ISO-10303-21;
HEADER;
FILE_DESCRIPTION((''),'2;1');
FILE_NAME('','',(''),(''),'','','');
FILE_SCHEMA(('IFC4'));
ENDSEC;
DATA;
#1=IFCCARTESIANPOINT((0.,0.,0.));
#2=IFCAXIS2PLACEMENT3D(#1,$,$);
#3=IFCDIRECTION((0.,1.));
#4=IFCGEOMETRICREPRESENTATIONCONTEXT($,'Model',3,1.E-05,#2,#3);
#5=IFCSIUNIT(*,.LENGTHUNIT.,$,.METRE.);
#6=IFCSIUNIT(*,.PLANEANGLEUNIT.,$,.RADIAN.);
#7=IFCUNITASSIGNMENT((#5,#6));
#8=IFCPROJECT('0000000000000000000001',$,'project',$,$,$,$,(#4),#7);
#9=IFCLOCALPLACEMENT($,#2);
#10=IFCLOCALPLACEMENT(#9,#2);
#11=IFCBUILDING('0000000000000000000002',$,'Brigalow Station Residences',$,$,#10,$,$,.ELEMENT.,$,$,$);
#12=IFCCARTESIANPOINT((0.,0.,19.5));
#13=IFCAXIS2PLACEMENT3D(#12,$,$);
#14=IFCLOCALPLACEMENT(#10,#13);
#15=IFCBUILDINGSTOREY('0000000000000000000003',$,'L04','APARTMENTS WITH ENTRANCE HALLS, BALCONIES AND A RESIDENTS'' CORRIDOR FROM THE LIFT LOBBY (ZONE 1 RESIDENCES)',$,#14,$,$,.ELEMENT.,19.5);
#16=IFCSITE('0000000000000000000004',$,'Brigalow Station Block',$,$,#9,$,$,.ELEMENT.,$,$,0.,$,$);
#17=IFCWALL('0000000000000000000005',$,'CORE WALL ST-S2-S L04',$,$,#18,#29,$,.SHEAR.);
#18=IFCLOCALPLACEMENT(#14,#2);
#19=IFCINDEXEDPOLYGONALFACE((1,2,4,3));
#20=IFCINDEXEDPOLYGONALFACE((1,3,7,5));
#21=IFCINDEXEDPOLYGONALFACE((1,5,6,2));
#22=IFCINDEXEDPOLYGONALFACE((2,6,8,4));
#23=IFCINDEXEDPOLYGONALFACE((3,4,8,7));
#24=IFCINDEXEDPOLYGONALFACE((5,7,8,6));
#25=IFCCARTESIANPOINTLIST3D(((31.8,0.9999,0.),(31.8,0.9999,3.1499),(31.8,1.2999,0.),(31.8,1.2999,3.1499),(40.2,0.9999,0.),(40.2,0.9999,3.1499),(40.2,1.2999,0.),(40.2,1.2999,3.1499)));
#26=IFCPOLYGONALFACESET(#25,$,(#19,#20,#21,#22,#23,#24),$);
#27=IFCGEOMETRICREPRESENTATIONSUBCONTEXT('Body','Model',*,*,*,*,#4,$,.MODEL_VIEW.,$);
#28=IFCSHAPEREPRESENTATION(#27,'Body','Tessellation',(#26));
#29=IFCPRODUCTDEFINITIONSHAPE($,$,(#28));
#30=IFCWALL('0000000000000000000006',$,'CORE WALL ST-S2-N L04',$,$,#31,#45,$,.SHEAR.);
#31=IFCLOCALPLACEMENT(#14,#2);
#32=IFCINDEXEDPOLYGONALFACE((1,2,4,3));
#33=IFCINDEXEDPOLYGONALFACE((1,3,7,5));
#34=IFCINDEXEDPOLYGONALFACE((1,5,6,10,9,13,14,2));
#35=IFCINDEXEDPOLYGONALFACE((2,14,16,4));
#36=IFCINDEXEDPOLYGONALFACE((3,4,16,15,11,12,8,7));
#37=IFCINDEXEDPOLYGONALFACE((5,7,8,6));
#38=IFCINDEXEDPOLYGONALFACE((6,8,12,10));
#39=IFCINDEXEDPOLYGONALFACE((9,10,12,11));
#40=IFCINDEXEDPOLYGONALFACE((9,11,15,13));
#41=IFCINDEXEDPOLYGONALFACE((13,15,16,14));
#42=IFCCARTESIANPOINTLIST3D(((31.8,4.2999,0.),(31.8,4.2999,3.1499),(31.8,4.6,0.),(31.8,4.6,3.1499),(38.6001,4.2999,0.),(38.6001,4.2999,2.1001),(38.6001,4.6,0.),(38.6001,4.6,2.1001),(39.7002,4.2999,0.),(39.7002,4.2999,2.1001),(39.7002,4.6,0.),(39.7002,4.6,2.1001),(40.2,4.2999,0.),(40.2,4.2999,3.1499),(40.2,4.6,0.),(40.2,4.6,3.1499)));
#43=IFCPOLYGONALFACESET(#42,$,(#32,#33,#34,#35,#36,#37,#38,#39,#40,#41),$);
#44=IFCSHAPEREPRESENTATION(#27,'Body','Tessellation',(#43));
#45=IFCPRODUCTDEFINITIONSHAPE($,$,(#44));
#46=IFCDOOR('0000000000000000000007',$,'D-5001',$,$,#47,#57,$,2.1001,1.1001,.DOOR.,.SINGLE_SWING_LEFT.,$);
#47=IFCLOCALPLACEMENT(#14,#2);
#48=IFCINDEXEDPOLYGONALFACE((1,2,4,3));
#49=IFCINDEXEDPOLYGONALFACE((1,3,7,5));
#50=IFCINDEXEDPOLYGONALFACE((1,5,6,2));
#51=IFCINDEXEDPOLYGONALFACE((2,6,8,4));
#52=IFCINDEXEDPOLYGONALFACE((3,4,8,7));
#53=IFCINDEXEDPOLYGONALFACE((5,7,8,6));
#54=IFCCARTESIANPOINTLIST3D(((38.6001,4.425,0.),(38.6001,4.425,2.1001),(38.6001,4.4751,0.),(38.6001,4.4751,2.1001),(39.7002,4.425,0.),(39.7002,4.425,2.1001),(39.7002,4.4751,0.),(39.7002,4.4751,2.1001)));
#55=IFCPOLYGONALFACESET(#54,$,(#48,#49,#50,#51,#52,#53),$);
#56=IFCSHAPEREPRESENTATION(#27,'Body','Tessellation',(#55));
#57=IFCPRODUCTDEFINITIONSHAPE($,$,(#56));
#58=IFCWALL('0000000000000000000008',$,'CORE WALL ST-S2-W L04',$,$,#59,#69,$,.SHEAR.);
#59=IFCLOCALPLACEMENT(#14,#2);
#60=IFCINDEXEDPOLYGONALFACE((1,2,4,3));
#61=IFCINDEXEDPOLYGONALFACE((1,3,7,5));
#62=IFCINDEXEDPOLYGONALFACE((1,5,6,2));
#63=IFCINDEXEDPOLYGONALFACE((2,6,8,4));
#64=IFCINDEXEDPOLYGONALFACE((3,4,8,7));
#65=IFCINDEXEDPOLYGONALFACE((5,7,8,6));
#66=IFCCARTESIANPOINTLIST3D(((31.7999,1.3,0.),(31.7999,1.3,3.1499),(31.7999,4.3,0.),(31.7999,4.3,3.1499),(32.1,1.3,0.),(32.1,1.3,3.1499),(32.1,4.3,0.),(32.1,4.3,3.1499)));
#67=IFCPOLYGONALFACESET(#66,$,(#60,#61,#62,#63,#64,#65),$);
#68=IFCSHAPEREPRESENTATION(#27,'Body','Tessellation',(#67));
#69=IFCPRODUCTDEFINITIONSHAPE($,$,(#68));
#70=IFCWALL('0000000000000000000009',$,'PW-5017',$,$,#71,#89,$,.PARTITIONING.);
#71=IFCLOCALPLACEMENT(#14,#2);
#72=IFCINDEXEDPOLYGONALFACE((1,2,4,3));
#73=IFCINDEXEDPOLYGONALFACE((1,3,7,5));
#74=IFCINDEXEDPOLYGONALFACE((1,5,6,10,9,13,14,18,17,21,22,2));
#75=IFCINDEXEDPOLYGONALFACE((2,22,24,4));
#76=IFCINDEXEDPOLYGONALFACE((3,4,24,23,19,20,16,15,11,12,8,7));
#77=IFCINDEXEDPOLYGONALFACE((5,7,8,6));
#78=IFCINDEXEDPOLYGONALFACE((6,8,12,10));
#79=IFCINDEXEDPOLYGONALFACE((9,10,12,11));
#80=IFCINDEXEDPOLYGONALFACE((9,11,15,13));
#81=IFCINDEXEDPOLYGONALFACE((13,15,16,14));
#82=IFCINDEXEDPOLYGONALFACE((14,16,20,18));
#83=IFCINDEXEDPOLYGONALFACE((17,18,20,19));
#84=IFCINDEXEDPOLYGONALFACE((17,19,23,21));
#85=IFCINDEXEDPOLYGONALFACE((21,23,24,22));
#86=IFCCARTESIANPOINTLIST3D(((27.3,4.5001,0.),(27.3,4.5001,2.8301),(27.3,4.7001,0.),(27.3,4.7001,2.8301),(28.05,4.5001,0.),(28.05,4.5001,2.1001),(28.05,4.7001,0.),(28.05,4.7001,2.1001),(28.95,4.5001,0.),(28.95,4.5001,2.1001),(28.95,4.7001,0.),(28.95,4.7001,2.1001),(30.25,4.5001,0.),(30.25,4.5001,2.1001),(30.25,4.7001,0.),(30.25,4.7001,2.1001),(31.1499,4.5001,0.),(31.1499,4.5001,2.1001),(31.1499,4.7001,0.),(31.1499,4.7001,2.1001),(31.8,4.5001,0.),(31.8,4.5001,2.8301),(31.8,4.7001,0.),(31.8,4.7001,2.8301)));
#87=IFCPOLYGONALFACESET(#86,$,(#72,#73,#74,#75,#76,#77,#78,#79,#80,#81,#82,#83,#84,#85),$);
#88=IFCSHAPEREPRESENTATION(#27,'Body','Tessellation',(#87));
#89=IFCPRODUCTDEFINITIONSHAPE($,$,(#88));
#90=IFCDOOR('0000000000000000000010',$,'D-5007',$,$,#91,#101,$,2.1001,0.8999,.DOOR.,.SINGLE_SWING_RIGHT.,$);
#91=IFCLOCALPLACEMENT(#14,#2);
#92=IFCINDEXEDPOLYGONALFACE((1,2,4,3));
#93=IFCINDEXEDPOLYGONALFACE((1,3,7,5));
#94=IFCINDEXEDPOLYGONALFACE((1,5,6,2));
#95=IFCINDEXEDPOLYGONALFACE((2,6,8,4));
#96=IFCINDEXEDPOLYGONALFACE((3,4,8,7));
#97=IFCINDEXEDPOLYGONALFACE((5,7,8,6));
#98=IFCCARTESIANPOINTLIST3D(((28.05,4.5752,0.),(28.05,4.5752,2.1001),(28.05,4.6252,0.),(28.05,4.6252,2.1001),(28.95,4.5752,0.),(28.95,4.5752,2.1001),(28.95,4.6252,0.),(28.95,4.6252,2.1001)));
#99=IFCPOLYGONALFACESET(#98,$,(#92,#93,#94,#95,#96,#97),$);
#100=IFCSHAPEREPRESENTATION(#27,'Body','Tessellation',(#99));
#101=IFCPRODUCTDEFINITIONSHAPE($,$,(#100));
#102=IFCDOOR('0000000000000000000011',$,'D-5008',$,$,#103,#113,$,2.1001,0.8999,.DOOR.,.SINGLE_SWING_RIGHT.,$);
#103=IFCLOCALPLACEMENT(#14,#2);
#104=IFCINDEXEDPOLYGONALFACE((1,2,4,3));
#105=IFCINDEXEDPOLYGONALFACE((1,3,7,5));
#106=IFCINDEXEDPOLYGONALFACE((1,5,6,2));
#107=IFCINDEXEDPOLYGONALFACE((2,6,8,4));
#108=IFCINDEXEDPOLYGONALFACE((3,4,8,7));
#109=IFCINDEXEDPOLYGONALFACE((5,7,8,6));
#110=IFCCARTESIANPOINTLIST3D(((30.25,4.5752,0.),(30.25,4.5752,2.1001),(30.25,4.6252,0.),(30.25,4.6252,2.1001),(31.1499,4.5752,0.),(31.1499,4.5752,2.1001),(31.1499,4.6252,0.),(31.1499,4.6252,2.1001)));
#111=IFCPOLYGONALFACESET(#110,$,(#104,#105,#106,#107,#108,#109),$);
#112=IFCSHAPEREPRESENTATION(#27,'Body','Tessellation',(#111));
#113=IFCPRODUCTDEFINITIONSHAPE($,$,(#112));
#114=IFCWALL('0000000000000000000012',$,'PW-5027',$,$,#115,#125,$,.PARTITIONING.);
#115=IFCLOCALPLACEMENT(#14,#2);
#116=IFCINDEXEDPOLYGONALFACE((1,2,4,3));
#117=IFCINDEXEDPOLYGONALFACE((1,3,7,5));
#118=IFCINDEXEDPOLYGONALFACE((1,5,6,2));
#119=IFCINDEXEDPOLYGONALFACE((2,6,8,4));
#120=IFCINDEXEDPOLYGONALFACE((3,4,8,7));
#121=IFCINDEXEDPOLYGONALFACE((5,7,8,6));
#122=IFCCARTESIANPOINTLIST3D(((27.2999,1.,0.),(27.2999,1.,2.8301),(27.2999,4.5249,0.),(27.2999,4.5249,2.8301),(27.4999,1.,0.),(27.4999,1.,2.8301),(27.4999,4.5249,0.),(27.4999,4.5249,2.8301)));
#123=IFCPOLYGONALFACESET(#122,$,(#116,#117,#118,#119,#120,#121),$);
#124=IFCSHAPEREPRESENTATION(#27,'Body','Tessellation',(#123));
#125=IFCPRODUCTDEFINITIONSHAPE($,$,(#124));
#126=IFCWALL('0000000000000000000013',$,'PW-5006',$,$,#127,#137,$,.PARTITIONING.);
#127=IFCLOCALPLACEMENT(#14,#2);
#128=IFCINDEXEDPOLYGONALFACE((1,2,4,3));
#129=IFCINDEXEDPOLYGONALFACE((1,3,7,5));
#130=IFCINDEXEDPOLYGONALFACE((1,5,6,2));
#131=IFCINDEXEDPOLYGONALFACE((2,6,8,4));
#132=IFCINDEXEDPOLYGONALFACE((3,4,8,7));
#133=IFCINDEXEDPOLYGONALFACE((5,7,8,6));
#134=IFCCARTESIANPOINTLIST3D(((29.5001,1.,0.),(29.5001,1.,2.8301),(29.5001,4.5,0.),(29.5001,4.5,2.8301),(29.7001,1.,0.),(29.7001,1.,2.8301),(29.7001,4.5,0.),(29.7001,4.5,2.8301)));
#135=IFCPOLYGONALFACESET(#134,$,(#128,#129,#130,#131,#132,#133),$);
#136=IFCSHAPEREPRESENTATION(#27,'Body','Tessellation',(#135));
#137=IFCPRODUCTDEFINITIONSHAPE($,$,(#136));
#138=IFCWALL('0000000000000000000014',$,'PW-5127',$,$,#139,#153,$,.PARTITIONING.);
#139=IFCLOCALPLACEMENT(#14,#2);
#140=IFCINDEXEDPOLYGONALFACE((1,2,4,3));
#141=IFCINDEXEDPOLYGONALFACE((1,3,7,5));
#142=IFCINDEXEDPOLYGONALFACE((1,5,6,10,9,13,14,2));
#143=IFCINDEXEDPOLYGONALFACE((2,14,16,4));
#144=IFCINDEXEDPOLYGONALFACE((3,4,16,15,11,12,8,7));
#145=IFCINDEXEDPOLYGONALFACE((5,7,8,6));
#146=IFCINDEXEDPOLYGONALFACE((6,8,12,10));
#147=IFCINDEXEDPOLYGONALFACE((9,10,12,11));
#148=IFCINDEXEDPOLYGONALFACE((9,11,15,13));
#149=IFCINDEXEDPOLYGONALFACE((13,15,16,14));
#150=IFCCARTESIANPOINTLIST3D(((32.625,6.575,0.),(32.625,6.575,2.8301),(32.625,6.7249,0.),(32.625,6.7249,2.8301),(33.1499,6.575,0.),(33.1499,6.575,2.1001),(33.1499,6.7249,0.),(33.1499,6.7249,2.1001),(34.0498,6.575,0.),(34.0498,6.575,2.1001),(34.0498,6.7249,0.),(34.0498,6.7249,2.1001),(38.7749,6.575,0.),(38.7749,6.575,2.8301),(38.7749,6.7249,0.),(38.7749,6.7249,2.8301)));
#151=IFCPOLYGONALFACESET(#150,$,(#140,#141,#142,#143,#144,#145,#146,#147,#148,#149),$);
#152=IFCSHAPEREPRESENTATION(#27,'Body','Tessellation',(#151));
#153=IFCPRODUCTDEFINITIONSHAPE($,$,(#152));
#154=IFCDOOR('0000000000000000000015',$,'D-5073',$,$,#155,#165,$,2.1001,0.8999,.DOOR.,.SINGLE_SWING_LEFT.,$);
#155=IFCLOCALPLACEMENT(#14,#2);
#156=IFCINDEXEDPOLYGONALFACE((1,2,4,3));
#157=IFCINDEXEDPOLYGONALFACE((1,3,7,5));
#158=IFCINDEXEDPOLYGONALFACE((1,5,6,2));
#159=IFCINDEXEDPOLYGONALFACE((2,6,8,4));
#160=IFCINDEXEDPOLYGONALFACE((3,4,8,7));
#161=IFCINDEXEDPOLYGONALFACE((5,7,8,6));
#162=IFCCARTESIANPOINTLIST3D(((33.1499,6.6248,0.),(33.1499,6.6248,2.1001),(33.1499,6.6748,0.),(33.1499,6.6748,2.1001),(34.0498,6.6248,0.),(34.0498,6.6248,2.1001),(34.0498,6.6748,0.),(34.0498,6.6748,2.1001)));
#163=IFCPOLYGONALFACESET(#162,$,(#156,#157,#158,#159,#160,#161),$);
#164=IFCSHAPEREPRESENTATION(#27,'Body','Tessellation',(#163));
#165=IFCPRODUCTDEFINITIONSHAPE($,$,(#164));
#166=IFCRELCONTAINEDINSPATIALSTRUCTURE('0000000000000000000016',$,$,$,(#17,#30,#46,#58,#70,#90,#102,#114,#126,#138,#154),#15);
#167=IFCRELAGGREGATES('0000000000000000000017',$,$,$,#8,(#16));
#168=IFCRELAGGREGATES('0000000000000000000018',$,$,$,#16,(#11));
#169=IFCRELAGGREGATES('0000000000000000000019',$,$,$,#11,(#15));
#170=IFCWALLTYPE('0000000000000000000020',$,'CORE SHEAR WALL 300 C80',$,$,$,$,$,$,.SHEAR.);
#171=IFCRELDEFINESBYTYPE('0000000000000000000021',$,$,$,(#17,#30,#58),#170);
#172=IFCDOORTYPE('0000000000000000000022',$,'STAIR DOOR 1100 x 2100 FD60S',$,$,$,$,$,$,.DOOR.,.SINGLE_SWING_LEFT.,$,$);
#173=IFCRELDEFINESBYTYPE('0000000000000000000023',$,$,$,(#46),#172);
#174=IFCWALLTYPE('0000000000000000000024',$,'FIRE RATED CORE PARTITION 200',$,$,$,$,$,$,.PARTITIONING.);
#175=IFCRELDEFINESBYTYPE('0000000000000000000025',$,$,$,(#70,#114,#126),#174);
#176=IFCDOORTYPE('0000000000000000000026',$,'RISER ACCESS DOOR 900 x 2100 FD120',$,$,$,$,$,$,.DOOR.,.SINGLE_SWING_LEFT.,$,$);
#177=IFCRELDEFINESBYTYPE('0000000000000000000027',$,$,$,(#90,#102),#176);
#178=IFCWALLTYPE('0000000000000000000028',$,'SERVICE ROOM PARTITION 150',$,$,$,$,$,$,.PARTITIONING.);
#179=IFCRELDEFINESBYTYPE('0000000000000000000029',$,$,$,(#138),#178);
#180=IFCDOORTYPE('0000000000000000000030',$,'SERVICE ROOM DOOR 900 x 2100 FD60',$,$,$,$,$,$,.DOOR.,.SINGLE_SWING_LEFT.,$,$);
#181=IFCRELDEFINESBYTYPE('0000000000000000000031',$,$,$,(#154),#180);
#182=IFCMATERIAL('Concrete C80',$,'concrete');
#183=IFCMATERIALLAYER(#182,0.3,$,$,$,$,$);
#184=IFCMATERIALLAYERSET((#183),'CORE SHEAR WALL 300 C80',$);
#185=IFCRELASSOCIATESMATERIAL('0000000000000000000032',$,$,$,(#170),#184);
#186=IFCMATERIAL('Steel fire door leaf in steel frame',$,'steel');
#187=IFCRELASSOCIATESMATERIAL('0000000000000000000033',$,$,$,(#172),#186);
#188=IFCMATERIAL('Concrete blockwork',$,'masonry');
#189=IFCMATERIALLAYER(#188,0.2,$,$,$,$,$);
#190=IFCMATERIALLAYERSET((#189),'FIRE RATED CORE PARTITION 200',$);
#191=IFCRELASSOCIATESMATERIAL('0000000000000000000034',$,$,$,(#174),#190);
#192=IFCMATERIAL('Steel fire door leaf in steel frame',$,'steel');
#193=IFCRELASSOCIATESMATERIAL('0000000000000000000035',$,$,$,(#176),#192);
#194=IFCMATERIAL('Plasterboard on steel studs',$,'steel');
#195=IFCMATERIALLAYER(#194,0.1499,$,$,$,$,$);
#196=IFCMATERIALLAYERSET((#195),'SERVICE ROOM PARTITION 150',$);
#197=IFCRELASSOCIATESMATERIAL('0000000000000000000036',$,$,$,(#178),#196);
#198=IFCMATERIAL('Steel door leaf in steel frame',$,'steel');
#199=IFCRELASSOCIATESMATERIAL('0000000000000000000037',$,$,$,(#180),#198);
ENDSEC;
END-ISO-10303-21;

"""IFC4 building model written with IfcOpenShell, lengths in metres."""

from ifc_helpers import new_model, si_unit, direction, frame, frame_2d, origin, place, context, subcontext, project, spatial, rectangle, extrude, material, layer, layer_set, type_object, element, fill, save


model = new_model("IFC4")

# Units and contexts
model_context = context("Model", 3, precision=1e-05, world=origin(), true_north=direction((0.0, 1.0)))
body_context = subcontext(model_context, "Body", "Model", "MODEL_VIEW")
ifc_project = project(units=[si_unit("LENGTHUNIT", "METRE"), si_unit("PLANEANGLEUNIT", "RADIAN")], contexts=[model_context])

# Site, building, storey
site_placement = place(None, origin())
site = spatial("IfcSite", under=ifc_project, at=site_placement, Name="Brigalow Station Block", CompositionType="ELEMENT", RefElevation=0.0)
building_placement = place(site_placement, origin())
building = spatial("IfcBuilding", under=site, at=building_placement, Name="Brigalow Station Residences", CompositionType="ELEMENT")
storey_placement = place(building_placement, frame((0.0, 0.0, 19.5)))
storey = spatial("IfcBuildingStorey", under=building, at=storey_placement, Name="L04", Description="APARTMENTS WITH ENTRANCE HALLS, BALCONIES AND A RESIDENTS' CORRIDOR FROM THE LIFT LOBBY (ZONE 1 RESIDENCES)", CompositionType="ELEMENT", Elevation=19.5)

# Wall
ifc_material_1 = material(Name="Concrete C80", Category="concrete")
ifc_layer_1 = layer(ifc_material_1, 0.3)
ifc_layer_set_1 = layer_set([ifc_layer_1], Name="CORE SHEAR WALL 300 C80")
wall_type_1 = type_object("IfcWallType", Name="CORE SHEAR WALL 300 C80", PredefinedType="SHEAR", material=ifc_layer_set_1)
wall_1_placement = place(storey_placement, frame((31.8, 1.1499, 0.0), z_axis=(0.0, 0.0, 1.0), x_axis=(1.0, 0.0, 0.0)))
element("IfcWall", 1, at=wall_1_placement, inside=storey, type_object=wall_type_1, Name="CORE WALL ST-S2-S L04", PredefinedType="SHEAR", context=body_context, shape_type="SweptSolid", body=[
    extrude(rectangle(XDim=8.3999, YDim=0.3, at=frame_2d((4.2, 0.0))), origin(), (0.0, 0.0, 1.0), 3.1499),
])

# Wall, opening, door
wall_2_placement = place(storey_placement, frame((31.8, 4.45, 0.0), z_axis=(0.0, 0.0, 1.0), x_axis=(1.0, 0.0, 0.0)))
wall_2 = element("IfcWall", 2, at=wall_2_placement, inside=storey, type_object=wall_type_1, Name="CORE WALL ST-S2-N L04", PredefinedType="SHEAR", context=body_context, shape_type="SweptSolid", body=[
    extrude(rectangle(XDim=8.3999, YDim=0.3, at=frame_2d((4.2, 0.0))), origin(), (0.0, 0.0, 1.0), 3.1499),
])
opening_1_placement = place(wall_2_placement, frame((6.8, 0.0, 0.0)))
opening_1 = element("IfcOpeningElement", 3, at=opening_1_placement, cuts=wall_2, PredefinedType="OPENING", context=body_context, shape_type="SweptSolid", body=[
    extrude(rectangle(XDim=1.1001, YDim=2.1001, at=frame_2d((0.55, 1.05))), frame((0.0, 0.1602, 0.0), z_axis=(0.0, -1.0, 0.0), x_axis=(1.0, 0.0, 0.0)), (0.0, 0.0, 1.0), 0.3201),
])
ifc_material_2 = material(Name="Steel fire door leaf in steel frame", Category="steel")
door_type_1 = type_object("IfcDoorType", Name="STAIR DOOR 1100 x 2100 FD60S", OperationType="SINGLE_SWING_LEFT", PredefinedType="DOOR", material=ifc_material_2)
door_1_placement = place(opening_1_placement, frame((1.1001, 0.0, 0.0), z_axis=(0.0, 0.0, 1.0), x_axis=(-1.0, 0.0, 0.0)))
door_1 = element("IfcDoor", 4, at=door_1_placement, inside=storey, type_object=door_type_1, Name="D-5001", OperationType="SINGLE_SWING_LEFT", OverallHeight=2.1001, OverallWidth=1.1001, PredefinedType="DOOR", context=body_context, shape_type="SweptSolid", body=[
    extrude(rectangle(XDim=1.1001, YDim=2.1001, at=frame_2d((0.55, 1.05))), frame((0.0, 0.0249, 0.0), z_axis=(0.0, -1.0, 0.0), x_axis=(1.0, 0.0, 0.0)), (0.0, 0.0, 1.0), 0.05),
])
fill(opening_1, door_1)

# Wall
wall_3_placement = place(storey_placement, frame((31.95, 1.3, 0.0), z_axis=(0.0, 0.0, 1.0), x_axis=(0.0, 1.0, 0.0)))
element("IfcWall", 5, at=wall_3_placement, inside=storey, type_object=wall_type_1, Name="CORE WALL ST-S2-W L04", PredefinedType="SHEAR", context=body_context, shape_type="SweptSolid", body=[
    extrude(rectangle(XDim=3.0, YDim=0.3, at=frame_2d((1.5, 0.0))), origin(), (0.0, 0.0, 1.0), 3.1499),
])

# Wall, openings, doors
ifc_material_3 = material(Name="Concrete blockwork", Category="masonry")
ifc_layer_2 = layer(ifc_material_3, 0.2)
ifc_layer_set_2 = layer_set([ifc_layer_2], Name="FIRE RATED CORE PARTITION 200")
wall_type_2 = type_object("IfcWallType", Name="FIRE RATED CORE PARTITION 200", PredefinedType="PARTITIONING", material=ifc_layer_set_2)
wall_4_placement = place(storey_placement, frame((27.3, 4.6001, 0.0), z_axis=(0.0, 0.0, 1.0), x_axis=(1.0, 0.0, 0.0)))
wall_4 = element("IfcWall", 6, at=wall_4_placement, inside=storey, type_object=wall_type_2, Name="PW-5017", PredefinedType="PARTITIONING", context=body_context, shape_type="SweptSolid", body=[
    extrude(rectangle(XDim=4.5, YDim=0.2, at=frame_2d((2.25, 0.0))), origin(), (0.0, 0.0, 1.0), 2.8301),
])
opening_2_placement = place(wall_4_placement, frame((0.75, 0.0, 0.0)))
opening_2 = element("IfcOpeningElement", 7, at=opening_2_placement, cuts=wall_4, PredefinedType="OPENING", context=body_context, shape_type="SweptSolid", body=[
    extrude(rectangle(XDim=0.8999, YDim=2.1001, at=frame_2d((0.45, 1.05))), frame((0.0, 0.1099, 0.0), z_axis=(0.0, -1.0, 0.0), x_axis=(1.0, 0.0, 0.0)), (0.0, 0.0, 1.0), 0.22),
])
opening_3_placement = place(wall_4_placement, frame((2.95, 0.0, 0.0)))
opening_3 = element("IfcOpeningElement", 8, at=opening_3_placement, cuts=wall_4, PredefinedType="OPENING", context=body_context, shape_type="SweptSolid", body=[
    extrude(rectangle(XDim=0.8999, YDim=2.1001, at=frame_2d((0.45, 1.05))), frame((0.0, 0.1099, 0.0), z_axis=(0.0, -1.0, 0.0), x_axis=(1.0, 0.0, 0.0)), (0.0, 0.0, 1.0), 0.22),
])
ifc_material_4 = material(Name="Steel fire door leaf in steel frame", Category="steel")
door_type_2 = type_object("IfcDoorType", Name="RISER ACCESS DOOR 900 x 2100 FD120", OperationType="SINGLE_SWING_LEFT", PredefinedType="DOOR", material=ifc_material_4)
door_2_placement = place(opening_2_placement, frame((0.8999, 0.0, 0.0), z_axis=(0.0, 0.0, 1.0), x_axis=(-1.0, 0.0, 0.0)))
door_2 = element("IfcDoor", 9, at=door_2_placement, inside=storey, type_object=door_type_2, Name="D-5007", OperationType="SINGLE_SWING_RIGHT", OverallHeight=2.1001, OverallWidth=0.8999, PredefinedType="DOOR", context=body_context, shape_type="SweptSolid", body=[
    extrude(rectangle(XDim=0.8999, YDim=2.1001, at=frame_2d((0.45, 1.05))), frame((0.0, 0.0249, 0.0), z_axis=(0.0, -1.0, 0.0), x_axis=(1.0, 0.0, 0.0)), (0.0, 0.0, 1.0), 0.05),
])
fill(opening_2, door_2)
door_3_placement = place(opening_3_placement, frame((0.8999, 0.0, 0.0), z_axis=(0.0, 0.0, 1.0), x_axis=(-1.0, 0.0, 0.0)))
door_3 = element("IfcDoor", 10, at=door_3_placement, inside=storey, type_object=door_type_2, Name="D-5008", OperationType="SINGLE_SWING_RIGHT", OverallHeight=2.1001, OverallWidth=0.8999, PredefinedType="DOOR", context=body_context, shape_type="SweptSolid", body=[
    extrude(rectangle(XDim=0.8999, YDim=2.1001, at=frame_2d((0.45, 1.05))), frame((0.0, 0.0249, 0.0), z_axis=(0.0, -1.0, 0.0), x_axis=(1.0, 0.0, 0.0)), (0.0, 0.0, 1.0), 0.05),
])
fill(opening_3, door_3)

# Walls
wall_5_placement = place(storey_placement, frame((27.3999, 1.0, 0.0), z_axis=(0.0, 0.0, 1.0), x_axis=(0.0, 1.0, 0.0)))
element("IfcWall", 11, at=wall_5_placement, inside=storey, type_object=wall_type_2, Name="PW-5027", PredefinedType="PARTITIONING", context=body_context, shape_type="SweptSolid", body=[
    extrude(rectangle(XDim=3.5249, YDim=0.2, at=frame_2d((1.7625, 0.0))), origin(), (0.0, 0.0, 1.0), 2.8301),
])
wall_6_placement = place(storey_placement, frame((29.6001, 1.0, 0.0), z_axis=(0.0, 0.0, 1.0), x_axis=(0.0, 1.0, 0.0)))
element("IfcWall", 12, at=wall_6_placement, inside=storey, type_object=wall_type_2, Name="PW-5006", PredefinedType="PARTITIONING", context=body_context, shape_type="SweptSolid", body=[
    extrude(rectangle(XDim=3.5, YDim=0.2, at=frame_2d((1.75, 0.0))), origin(), (0.0, 0.0, 1.0), 2.8301),
])

# Wall, opening, door
ifc_material_5 = material(Name="Plasterboard on steel studs", Category="steel")
ifc_layer_3 = layer(ifc_material_5, 0.1499)
ifc_layer_set_3 = layer_set([ifc_layer_3], Name="SERVICE ROOM PARTITION 150")
wall_type_3 = type_object("IfcWallType", Name="SERVICE ROOM PARTITION 150", PredefinedType="PARTITIONING", material=ifc_layer_set_3)
wall_7_placement = place(storey_placement, frame((32.625, 6.6499, 0.0), z_axis=(0.0, 0.0, 1.0), x_axis=(1.0, 0.0, 0.0)))
wall_7 = element("IfcWall", 13, at=wall_7_placement, inside=storey, type_object=wall_type_3, Name="PW-5127", PredefinedType="PARTITIONING", context=body_context, shape_type="SweptSolid", body=[
    extrude(rectangle(XDim=6.1499, YDim=0.1499, at=frame_2d((3.075, 0.0))), origin(), (0.0, 0.0, 1.0), 2.8301),
])
opening_4_placement = place(wall_7_placement, frame((0.5249, 0.0, 0.0)))
opening_4 = element("IfcOpeningElement", 14, at=opening_4_placement, cuts=wall_7, PredefinedType="OPENING", context=body_context, shape_type="SweptSolid", body=[
    extrude(rectangle(XDim=0.8999, YDim=2.1001, at=frame_2d((0.45, 1.05))), frame((0.0, 0.085, 0.0), z_axis=(0.0, -1.0, 0.0), x_axis=(1.0, 0.0, 0.0)), (0.0, 0.0, 1.0), 0.1699),
])
ifc_material_6 = material(Name="Steel door leaf in steel frame", Category="steel")
door_type_3 = type_object("IfcDoorType", Name="SERVICE ROOM DOOR 900 x 2100 FD60", OperationType="SINGLE_SWING_LEFT", PredefinedType="DOOR", material=ifc_material_6)
door_4_placement = place(opening_4_placement, origin())
door_4 = element("IfcDoor", 15, at=door_4_placement, inside=storey, type_object=door_type_3, Name="D-5073", OperationType="SINGLE_SWING_LEFT", OverallHeight=2.1001, OverallWidth=0.8999, PredefinedType="DOOR", context=body_context, shape_type="SweptSolid", body=[
    extrude(rectangle(XDim=0.8999, YDim=2.1001, at=frame_2d((0.45, 1.05))), frame((0.0, 0.0249, 0.0), z_axis=(0.0, -1.0, 0.0), x_axis=(1.0, 0.0, 0.0)), (0.0, 0.0, 1.0), 0.05),
])
fill(opening_4, door_4)

save(model, "model.ifc")
